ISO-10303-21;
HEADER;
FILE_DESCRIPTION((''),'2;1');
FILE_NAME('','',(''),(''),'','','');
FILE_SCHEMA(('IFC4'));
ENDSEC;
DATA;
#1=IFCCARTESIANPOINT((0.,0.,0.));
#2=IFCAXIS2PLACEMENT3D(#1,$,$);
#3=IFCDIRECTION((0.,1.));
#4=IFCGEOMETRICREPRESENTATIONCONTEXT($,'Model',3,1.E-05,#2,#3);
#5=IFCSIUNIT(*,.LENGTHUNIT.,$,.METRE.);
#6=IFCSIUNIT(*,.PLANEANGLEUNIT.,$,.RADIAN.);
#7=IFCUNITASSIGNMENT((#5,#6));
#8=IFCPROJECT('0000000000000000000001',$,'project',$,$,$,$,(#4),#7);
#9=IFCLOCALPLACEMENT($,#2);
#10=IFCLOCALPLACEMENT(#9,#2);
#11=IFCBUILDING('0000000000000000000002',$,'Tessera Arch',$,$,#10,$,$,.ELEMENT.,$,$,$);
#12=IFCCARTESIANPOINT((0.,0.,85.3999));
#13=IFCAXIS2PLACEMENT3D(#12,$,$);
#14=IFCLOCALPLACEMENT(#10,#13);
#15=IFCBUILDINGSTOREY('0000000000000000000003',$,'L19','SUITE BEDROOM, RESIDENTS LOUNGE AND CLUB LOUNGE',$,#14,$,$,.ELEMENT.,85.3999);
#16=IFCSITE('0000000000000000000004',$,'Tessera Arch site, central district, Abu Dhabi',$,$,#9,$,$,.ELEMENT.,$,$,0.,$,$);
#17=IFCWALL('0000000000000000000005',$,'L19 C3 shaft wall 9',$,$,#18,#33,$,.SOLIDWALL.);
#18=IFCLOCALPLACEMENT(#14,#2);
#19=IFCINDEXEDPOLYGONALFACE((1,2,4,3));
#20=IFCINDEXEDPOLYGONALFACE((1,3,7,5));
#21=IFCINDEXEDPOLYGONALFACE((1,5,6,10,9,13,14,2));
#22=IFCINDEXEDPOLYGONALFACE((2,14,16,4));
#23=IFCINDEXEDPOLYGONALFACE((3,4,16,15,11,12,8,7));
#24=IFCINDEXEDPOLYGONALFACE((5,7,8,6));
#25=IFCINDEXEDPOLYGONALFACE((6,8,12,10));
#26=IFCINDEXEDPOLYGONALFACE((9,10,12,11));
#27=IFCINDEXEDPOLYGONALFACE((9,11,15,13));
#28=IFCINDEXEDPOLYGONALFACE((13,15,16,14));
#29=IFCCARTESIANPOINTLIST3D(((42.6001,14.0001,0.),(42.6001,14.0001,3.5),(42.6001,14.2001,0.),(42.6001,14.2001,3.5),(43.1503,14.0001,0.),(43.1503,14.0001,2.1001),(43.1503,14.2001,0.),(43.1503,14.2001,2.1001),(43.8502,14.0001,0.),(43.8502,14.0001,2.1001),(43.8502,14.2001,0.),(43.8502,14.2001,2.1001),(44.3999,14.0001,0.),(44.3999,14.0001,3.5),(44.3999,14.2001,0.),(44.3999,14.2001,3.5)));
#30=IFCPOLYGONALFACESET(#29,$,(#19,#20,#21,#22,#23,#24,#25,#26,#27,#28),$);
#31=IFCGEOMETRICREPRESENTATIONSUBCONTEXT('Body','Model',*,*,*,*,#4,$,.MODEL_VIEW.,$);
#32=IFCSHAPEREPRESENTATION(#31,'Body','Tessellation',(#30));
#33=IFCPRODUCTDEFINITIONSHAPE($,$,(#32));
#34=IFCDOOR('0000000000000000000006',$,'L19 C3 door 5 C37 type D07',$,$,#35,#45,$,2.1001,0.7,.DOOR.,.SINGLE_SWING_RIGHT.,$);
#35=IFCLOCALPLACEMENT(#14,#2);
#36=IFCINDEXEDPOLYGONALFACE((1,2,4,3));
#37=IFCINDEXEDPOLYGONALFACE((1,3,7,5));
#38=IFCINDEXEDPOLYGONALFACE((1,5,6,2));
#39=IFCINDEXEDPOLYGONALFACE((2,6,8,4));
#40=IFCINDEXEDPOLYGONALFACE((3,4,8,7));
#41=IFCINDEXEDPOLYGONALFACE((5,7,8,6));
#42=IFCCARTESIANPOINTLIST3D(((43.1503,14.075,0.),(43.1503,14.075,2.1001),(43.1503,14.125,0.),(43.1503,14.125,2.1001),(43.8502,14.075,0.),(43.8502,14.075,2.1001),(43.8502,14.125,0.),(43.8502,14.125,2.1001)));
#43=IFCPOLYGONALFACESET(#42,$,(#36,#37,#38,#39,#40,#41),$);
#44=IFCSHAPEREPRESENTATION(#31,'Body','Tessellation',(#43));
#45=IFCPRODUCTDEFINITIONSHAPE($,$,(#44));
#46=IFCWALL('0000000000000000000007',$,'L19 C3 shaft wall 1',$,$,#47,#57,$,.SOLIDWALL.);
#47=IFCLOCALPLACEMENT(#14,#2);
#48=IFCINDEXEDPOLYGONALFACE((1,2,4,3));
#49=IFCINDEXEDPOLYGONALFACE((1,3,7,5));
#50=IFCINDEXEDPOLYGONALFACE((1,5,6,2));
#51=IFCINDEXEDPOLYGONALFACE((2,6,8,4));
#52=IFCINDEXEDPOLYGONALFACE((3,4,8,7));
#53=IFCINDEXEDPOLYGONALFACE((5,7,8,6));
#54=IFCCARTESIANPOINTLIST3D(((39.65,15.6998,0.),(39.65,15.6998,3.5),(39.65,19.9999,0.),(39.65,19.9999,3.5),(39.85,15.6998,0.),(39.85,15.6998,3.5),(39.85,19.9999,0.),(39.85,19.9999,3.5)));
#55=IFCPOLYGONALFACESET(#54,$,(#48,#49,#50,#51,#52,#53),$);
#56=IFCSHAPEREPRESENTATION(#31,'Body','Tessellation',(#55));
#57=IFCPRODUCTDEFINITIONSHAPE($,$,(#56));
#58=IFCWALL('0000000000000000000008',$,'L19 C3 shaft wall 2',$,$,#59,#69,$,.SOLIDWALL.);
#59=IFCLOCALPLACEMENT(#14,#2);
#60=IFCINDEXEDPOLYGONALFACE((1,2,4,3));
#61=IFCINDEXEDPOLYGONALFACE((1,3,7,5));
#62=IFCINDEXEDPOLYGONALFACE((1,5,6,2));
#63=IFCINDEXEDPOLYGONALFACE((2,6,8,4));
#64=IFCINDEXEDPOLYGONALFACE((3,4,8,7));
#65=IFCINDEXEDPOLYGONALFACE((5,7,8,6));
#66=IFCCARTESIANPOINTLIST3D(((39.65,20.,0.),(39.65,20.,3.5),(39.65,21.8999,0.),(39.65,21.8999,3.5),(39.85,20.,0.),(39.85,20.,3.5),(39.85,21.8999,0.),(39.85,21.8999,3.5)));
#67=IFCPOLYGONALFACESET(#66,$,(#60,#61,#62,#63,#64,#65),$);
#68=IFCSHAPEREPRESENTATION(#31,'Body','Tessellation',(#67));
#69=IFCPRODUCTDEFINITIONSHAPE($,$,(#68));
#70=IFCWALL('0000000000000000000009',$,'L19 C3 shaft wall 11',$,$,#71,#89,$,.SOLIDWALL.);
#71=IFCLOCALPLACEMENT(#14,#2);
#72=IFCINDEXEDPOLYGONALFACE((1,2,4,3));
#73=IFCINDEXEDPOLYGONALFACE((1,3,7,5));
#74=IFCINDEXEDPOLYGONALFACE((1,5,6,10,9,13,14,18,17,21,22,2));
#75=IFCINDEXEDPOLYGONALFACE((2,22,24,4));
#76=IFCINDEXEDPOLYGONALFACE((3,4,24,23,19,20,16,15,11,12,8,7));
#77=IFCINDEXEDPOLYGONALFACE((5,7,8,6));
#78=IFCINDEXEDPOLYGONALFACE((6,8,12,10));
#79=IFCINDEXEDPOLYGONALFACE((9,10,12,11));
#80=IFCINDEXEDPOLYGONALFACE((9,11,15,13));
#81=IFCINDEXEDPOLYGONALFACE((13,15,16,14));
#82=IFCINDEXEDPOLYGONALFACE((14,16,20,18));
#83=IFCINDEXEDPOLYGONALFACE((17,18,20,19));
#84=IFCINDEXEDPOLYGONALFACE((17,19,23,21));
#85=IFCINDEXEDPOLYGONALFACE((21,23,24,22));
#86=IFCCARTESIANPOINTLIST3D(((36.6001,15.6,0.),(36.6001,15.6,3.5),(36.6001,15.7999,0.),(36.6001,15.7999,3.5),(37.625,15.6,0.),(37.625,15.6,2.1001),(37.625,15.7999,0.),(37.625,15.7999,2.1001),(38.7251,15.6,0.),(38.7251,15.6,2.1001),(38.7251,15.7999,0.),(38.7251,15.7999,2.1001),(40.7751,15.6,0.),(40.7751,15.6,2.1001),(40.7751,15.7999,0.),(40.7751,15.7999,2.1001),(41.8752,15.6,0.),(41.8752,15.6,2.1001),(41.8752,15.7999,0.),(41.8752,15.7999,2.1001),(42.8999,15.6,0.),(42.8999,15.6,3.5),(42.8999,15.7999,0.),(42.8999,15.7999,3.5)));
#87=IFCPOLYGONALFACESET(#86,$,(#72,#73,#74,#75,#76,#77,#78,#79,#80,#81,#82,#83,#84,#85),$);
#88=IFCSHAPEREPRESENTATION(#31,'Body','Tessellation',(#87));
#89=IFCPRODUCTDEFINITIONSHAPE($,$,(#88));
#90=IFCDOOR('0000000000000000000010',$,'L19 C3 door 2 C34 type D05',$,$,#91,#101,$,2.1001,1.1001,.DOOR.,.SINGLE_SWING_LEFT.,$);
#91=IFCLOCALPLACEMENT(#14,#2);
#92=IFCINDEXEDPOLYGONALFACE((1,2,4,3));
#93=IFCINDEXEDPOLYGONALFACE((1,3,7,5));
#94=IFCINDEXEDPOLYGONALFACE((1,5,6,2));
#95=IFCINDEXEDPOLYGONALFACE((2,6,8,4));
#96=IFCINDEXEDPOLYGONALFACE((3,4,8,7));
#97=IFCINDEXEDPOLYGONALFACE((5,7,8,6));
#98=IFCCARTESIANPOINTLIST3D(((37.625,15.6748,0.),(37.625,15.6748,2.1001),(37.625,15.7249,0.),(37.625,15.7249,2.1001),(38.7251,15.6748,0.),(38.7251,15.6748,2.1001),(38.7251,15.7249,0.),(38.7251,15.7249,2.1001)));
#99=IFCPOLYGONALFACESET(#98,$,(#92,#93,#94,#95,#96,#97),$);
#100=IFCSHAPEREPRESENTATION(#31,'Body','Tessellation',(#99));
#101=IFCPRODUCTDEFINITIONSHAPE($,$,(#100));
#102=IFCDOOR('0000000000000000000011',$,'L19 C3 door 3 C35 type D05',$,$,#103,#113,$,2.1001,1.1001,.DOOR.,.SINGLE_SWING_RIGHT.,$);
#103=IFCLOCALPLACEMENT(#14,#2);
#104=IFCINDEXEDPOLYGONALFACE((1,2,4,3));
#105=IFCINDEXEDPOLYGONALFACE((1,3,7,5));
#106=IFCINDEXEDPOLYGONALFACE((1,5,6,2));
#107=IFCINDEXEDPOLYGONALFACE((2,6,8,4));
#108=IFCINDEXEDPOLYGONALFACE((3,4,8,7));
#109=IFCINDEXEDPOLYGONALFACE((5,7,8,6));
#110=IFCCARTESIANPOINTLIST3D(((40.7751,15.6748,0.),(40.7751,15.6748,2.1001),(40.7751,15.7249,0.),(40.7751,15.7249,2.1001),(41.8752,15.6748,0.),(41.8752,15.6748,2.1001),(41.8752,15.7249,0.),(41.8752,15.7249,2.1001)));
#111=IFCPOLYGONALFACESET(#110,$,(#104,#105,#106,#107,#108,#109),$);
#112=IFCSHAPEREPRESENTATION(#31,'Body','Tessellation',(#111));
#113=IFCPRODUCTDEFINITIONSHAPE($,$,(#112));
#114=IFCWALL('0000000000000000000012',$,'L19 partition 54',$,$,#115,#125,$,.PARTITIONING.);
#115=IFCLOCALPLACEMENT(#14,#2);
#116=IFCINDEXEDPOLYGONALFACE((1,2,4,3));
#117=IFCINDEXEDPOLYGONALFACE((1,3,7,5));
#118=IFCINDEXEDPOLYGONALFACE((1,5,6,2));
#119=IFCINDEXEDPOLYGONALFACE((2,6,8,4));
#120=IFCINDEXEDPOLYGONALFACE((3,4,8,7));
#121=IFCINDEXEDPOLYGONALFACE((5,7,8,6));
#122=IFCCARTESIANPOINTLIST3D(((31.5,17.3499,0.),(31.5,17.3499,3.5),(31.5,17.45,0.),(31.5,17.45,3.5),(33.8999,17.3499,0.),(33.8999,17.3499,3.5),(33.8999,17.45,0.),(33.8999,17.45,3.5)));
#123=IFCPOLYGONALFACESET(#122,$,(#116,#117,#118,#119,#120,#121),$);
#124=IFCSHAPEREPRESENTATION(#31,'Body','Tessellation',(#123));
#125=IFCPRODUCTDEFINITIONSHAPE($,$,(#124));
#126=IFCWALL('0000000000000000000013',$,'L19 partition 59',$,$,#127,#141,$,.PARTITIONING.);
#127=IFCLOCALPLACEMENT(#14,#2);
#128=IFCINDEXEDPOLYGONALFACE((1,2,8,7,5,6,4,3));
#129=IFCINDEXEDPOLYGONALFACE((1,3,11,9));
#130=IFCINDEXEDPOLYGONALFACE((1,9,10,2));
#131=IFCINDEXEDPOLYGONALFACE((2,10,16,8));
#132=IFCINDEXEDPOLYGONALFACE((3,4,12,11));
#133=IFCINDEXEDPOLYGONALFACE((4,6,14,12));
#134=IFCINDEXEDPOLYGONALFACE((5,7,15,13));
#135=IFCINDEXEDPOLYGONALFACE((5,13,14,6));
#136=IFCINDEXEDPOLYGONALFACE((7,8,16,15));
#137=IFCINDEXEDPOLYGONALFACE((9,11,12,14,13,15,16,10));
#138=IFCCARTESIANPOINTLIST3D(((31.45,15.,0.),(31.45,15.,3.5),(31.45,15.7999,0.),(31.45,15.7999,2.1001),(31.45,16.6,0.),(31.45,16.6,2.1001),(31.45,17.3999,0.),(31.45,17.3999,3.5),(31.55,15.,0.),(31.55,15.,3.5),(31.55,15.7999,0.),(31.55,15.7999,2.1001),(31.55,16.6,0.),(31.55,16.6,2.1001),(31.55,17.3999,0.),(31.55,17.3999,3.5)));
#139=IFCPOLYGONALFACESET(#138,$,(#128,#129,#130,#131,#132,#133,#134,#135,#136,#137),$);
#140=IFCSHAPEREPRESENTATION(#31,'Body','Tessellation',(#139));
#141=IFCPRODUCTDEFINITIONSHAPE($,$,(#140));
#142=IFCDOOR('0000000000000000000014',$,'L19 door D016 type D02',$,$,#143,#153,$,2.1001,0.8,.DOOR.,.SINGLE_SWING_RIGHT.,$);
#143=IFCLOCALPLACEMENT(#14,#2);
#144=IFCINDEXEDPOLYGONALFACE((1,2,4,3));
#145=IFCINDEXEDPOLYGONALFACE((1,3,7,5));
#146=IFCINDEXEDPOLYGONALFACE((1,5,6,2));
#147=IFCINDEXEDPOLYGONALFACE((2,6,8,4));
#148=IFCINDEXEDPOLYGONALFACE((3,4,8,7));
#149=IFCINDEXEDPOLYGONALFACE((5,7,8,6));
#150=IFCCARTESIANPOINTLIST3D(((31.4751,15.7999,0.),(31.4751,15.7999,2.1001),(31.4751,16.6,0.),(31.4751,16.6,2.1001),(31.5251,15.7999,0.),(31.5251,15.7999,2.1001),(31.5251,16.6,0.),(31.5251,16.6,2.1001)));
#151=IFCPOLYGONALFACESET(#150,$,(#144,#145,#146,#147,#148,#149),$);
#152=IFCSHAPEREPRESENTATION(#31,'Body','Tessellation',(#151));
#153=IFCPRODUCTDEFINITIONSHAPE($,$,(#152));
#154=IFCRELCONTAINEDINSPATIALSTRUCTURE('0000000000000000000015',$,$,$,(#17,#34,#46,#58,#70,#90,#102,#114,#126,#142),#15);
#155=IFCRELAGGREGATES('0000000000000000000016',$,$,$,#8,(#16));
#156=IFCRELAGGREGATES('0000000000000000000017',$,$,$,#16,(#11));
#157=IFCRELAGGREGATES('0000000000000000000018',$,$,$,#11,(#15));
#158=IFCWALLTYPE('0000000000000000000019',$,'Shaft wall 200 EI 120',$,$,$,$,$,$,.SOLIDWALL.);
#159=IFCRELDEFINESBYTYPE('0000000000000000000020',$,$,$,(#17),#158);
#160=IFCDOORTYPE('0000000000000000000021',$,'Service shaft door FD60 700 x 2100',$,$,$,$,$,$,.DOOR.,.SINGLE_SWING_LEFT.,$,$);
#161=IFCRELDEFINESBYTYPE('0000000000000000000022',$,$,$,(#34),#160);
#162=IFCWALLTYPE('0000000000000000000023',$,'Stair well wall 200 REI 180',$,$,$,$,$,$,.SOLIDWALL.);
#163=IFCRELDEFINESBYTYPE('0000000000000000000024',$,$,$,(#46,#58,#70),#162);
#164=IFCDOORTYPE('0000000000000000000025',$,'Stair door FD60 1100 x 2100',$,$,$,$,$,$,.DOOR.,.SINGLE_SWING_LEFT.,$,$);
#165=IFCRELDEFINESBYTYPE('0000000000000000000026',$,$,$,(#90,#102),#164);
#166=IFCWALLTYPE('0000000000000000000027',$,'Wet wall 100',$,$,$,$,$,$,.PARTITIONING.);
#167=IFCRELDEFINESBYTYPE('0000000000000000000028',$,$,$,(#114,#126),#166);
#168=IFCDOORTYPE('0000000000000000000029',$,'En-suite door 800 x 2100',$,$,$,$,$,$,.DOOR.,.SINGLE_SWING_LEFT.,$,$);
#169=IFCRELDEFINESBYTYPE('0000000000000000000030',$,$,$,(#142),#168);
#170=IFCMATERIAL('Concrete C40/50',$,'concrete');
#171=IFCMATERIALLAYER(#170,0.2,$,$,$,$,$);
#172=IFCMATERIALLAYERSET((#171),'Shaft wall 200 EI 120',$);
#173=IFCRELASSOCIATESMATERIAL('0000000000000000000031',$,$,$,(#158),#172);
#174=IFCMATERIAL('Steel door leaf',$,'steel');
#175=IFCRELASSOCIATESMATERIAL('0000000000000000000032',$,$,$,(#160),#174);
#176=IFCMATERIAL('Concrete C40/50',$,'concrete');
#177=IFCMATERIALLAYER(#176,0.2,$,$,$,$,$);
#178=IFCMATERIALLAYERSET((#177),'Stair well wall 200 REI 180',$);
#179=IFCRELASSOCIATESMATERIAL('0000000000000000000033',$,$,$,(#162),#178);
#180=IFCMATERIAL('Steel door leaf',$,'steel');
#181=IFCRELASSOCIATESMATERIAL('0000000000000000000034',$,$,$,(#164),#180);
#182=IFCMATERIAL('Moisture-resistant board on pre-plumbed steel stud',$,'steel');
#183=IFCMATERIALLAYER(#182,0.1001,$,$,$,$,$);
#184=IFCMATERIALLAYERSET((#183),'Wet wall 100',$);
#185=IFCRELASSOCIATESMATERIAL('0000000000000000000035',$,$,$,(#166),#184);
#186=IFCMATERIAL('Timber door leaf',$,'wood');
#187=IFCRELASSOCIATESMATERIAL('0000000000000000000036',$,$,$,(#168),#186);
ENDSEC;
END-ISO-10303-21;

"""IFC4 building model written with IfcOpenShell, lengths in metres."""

from ifc_helpers import new_model, si_unit, direction, frame, frame_2d, origin, place, context, subcontext, project, spatial, rectangle, extrude, material, layer, layer_set, type_object, element, fill, save


model = new_model("IFC4")

# Units and contexts
model_context = context("Model", 3, precision=1e-05, world=origin(), true_north=direction((0.0, 1.0)))
body_context = subcontext(model_context, "Body", "Model", "MODEL_VIEW")
ifc_project = project(units=[si_unit("LENGTHUNIT", "METRE"), si_unit("PLANEANGLEUNIT", "RADIAN")], contexts=[model_context])

# Site, building, storey
site_placement = place(None, origin())
site = spatial("IfcSite", under=ifc_project, at=site_placement, Name="Tessera Arch site, central district, Abu Dhabi", CompositionType="ELEMENT", RefElevation=0.0)
building_placement = place(site_placement, origin())
building = spatial("IfcBuilding", under=site, at=building_placement, Name="Tessera Arch", CompositionType="ELEMENT")
storey_placement = place(building_placement, frame((0.0, 0.0, 85.3999)))
storey = spatial("IfcBuildingStorey", under=building, at=storey_placement, Name="L19", Description="SUITE BEDROOM, RESIDENTS LOUNGE AND CLUB LOUNGE", CompositionType="ELEMENT", Elevation=85.3999)

# Wall, opening, door
ifc_material_1 = material(Name="Concrete C40/50", Category="concrete")
ifc_layer_1 = layer(ifc_material_1, 0.2)
ifc_layer_set_1 = layer_set([ifc_layer_1], Name="Shaft wall 200 EI 120")
wall_type_1 = type_object("IfcWallType", Name="Shaft wall 200 EI 120", PredefinedType="SOLIDWALL", material=ifc_layer_set_1)
wall_1_placement = place(storey_placement, frame((42.6001, 14.1001, 0.0), z_axis=(0.0, 0.0, 1.0), x_axis=(1.0, 0.0, 0.0)))
wall_1 = element("IfcWall", 1, at=wall_1_placement, inside=storey, type_object=wall_type_1, Name="L19 C3 shaft wall 9", PredefinedType="SOLIDWALL", context=body_context, shape_type="SweptSolid", body=[
    extrude(rectangle(XDim=1.7998, YDim=0.2, at=frame_2d((0.8999, 0.0))), origin(), (0.0, 0.0, 1.0), 3.5),
])
opening_1_placement = place(wall_1_placement, frame((0.55, 0.0, 0.0)))
opening_1 = element("IfcOpeningElement", 2, at=opening_1_placement, cuts=wall_1, PredefinedType="OPENING", context=body_context, shape_type="SweptSolid", body=[
    extrude(rectangle(XDim=0.7, YDim=2.1001, at=frame_2d((0.3501, 1.05))), frame((0.0, 0.1099, 0.0), z_axis=(0.0, -1.0, 0.0), x_axis=(1.0, 0.0, 0.0)), (0.0, 0.0, 1.0), 0.22),
])
ifc_material_2 = material(Name="Steel door leaf", Category="steel")
door_type_1 = type_object("IfcDoorType", Name="Service shaft door FD60 700 x 2100", OperationType="SINGLE_SWING_LEFT", PredefinedType="DOOR", material=ifc_material_2)
door_1_placement = place(opening_1_placement, origin())
door_1 = element("IfcDoor", 3, at=door_1_placement, inside=storey, type_object=door_type_1, Name="L19 C3 door 5 C37 type D07", OperationType="SINGLE_SWING_RIGHT", OverallHeight=2.1001, OverallWidth=0.7, PredefinedType="DOOR", context=body_context, shape_type="SweptSolid", body=[
    extrude(rectangle(XDim=0.7, YDim=2.1001, at=frame_2d((0.3501, 1.05))), frame((0.0, 0.0249, 0.0), z_axis=(0.0, -1.0, 0.0), x_axis=(1.0, 0.0, 0.0)), (0.0, 0.0, 1.0), 0.05),
])
fill(opening_1, door_1)

# Walls
ifc_material_3 = material(Name="Concrete C40/50", Category="concrete")
ifc_layer_2 = layer(ifc_material_3, 0.2)
ifc_layer_set_2 = layer_set([ifc_layer_2], Name="Stair well wall 200 REI 180")
wall_type_2 = type_object("IfcWallType", Name="Stair well wall 200 REI 180", PredefinedType="SOLIDWALL", material=ifc_layer_set_2)
wall_2_placement = place(storey_placement, frame((39.75, 15.7, 0.0), z_axis=(0.0, 0.0, 1.0), x_axis=(0.0, 1.0, 0.0)))
element("IfcWall", 4, at=wall_2_placement, inside=storey, type_object=wall_type_2, Name="L19 C3 shaft wall 1", PredefinedType="SOLIDWALL", context=body_context, shape_type="SweptSolid", body=[
    extrude(rectangle(XDim=4.3, YDim=0.2, at=frame_2d((2.1499, 0.0))), origin(), (0.0, 0.0, 1.0), 3.5),
])
wall_3_placement = place(storey_placement, frame((39.75, 20.0, 0.0), z_axis=(0.0, 0.0, 1.0), x_axis=(0.0, 1.0, 0.0)))
element("IfcWall", 5, at=wall_3_placement, inside=storey, type_object=wall_type_2, Name="L19 C3 shaft wall 2", PredefinedType="SOLIDWALL", context=body_context, shape_type="SweptSolid", body=[
    extrude(rectangle(XDim=1.8999, YDim=0.2, at=frame_2d((0.95, 0.0))), origin(), (0.0, 0.0, 1.0), 3.5),
])

# Wall, openings, doors
wall_4_placement = place(storey_placement, frame((36.6001, 15.7, 0.0), z_axis=(0.0, 0.0, 1.0), x_axis=(1.0, 0.0, 0.0)))
wall_4 = element("IfcWall", 6, at=wall_4_placement, inside=storey, type_object=wall_type_2, Name="L19 C3 shaft wall 11", PredefinedType="SOLIDWALL", context=body_context, shape_type="SweptSolid", body=[
    extrude(rectangle(XDim=6.2998, YDim=0.2, at=frame_2d((3.1499, 0.0))), origin(), (0.0, 0.0, 1.0), 3.5),
])
opening_2_placement = place(wall_4_placement, frame((1.0249, 0.0, 0.0)))
opening_2 = element("IfcOpeningElement", 7, at=opening_2_placement, cuts=wall_4, PredefinedType="OPENING", context=body_context, shape_type="SweptSolid", body=[
    extrude(rectangle(XDim=1.1001, YDim=2.1001, at=frame_2d((0.55, 1.05))), frame((0.0, 0.1099, 0.0), z_axis=(0.0, -1.0, 0.0), x_axis=(1.0, 0.0, 0.0)), (0.0, 0.0, 1.0), 0.22),
])
opening_3_placement = place(wall_4_placement, frame((4.175, 0.0, 0.0)))
opening_3 = element("IfcOpeningElement", 8, at=opening_3_placement, cuts=wall_4, PredefinedType="OPENING", context=body_context, shape_type="SweptSolid", body=[
    extrude(rectangle(XDim=1.1001, YDim=2.1001, at=frame_2d((0.55, 1.05))), frame((0.0, 0.1099, 0.0), z_axis=(0.0, -1.0, 0.0), x_axis=(1.0, 0.0, 0.0)), (0.0, 0.0, 1.0), 0.22),
])
ifc_material_4 = material(Name="Steel door leaf", Category="steel")
door_type_2 = type_object("IfcDoorType", Name="Stair door FD60 1100 x 2100", OperationType="SINGLE_SWING_LEFT", PredefinedType="DOOR", material=ifc_material_4)
door_2_placement = place(opening_2_placement, origin())
door_2 = element("IfcDoor", 9, at=door_2_placement, inside=storey, type_object=door_type_2, Name="L19 C3 door 2 C34 type D05", OperationType="SINGLE_SWING_LEFT", OverallHeight=2.1001, OverallWidth=1.1001, PredefinedType="DOOR", context=body_context, shape_type="SweptSolid", body=[
    extrude(rectangle(XDim=1.1001, YDim=2.1001, at=frame_2d((0.55, 1.05))), frame((0.0, 0.0249, 0.0), z_axis=(0.0, -1.0, 0.0), x_axis=(1.0, 0.0, 0.0)), (0.0, 0.0, 1.0), 0.05),
])
fill(opening_2, door_2)
door_3_placement = place(opening_3_placement, origin())
door_3 = element("IfcDoor", 10, at=door_3_placement, inside=storey, type_object=door_type_2, Name="L19 C3 door 3 C35 type D05", OperationType="SINGLE_SWING_RIGHT", OverallHeight=2.1001, OverallWidth=1.1001, PredefinedType="DOOR", context=body_context, shape_type="SweptSolid", body=[
    extrude(rectangle(XDim=1.1001, YDim=2.1001, at=frame_2d((0.55, 1.05))), frame((0.0, 0.0249, 0.0), z_axis=(0.0, -1.0, 0.0), x_axis=(1.0, 0.0, 0.0)), (0.0, 0.0, 1.0), 0.05),
])
fill(opening_3, door_3)

# Wall
ifc_material_5 = material(Name="Moisture-resistant board on pre-plumbed steel stud", Category="steel")
ifc_layer_3 = layer(ifc_material_5, 0.1001)
ifc_layer_set_3 = layer_set([ifc_layer_3], Name="Wet wall 100")
wall_type_3 = type_object("IfcWallType", Name="Wet wall 100", PredefinedType="PARTITIONING", material=ifc_layer_set_3)
wall_5_placement = place(storey_placement, frame((31.5, 17.3999, 0.0), z_axis=(0.0, 0.0, 1.0), x_axis=(1.0, 0.0, 0.0)))
element("IfcWall", 11, at=wall_5_placement, inside=storey, type_object=wall_type_3, Name="L19 partition 54", PredefinedType="PARTITIONING", context=body_context, shape_type="SweptSolid", body=[
    extrude(rectangle(XDim=2.3999, YDim=0.1001, at=frame_2d((1.2, 0.0))), origin(), (0.0, 0.0, 1.0), 3.5),
])

# Wall, opening, door
wall_6_placement = place(storey_placement, frame((31.5, 15.0, 0.0), z_axis=(0.0, 0.0, 1.0), x_axis=(0.0, 1.0, 0.0)))
wall_6 = element("IfcWall", 12, at=wall_6_placement, inside=storey, type_object=wall_type_3, Name="L19 partition 59", PredefinedType="PARTITIONING", context=body_context, shape_type="SweptSolid", body=[
    extrude(rectangle(XDim=2.3999, YDim=0.1001, at=frame_2d((1.2, 0.0))), origin(), (0.0, 0.0, 1.0), 3.5),
])
opening_4_placement = place(wall_6_placement, frame((0.8, 0.0, 0.0)))
opening_4 = element("IfcOpeningElement", 13, at=opening_4_placement, cuts=wall_6, PredefinedType="OPENING", context=body_context, shape_type="SweptSolid", body=[
    extrude(rectangle(XDim=0.8, YDim=2.1001, at=frame_2d((0.3999, 1.05))), frame((0.0, 0.0601, 0.0), z_axis=(0.0, -1.0, 0.0), x_axis=(1.0, 0.0, 0.0)), (0.0, 0.0, 1.0), 0.1201),
])
ifc_material_6 = material(Name="Timber door leaf", Category="wood")
door_type_3 = type_object("IfcDoorType", Name="En-suite door 800 x 2100", OperationType="SINGLE_SWING_LEFT", PredefinedType="DOOR", material=ifc_material_6)
door_4_placement = place(opening_4_placement, origin())
door_4 = element("IfcDoor", 14, at=door_4_placement, inside=storey, type_object=door_type_3, Name="L19 door D016 type D02", OperationType="SINGLE_SWING_RIGHT", OverallHeight=2.1001, OverallWidth=0.8, PredefinedType="DOOR", context=body_context, shape_type="SweptSolid", body=[
    extrude(rectangle(XDim=0.8, YDim=2.1001, at=frame_2d((0.3999, 1.05))), frame((0.0, 0.0249, 0.0), z_axis=(0.0, -1.0, 0.0), x_axis=(1.0, 0.0, 0.0)), (0.0, 0.0, 1.0), 0.05),
])
fill(opening_4, door_4)

save(model, "model.ifc")
